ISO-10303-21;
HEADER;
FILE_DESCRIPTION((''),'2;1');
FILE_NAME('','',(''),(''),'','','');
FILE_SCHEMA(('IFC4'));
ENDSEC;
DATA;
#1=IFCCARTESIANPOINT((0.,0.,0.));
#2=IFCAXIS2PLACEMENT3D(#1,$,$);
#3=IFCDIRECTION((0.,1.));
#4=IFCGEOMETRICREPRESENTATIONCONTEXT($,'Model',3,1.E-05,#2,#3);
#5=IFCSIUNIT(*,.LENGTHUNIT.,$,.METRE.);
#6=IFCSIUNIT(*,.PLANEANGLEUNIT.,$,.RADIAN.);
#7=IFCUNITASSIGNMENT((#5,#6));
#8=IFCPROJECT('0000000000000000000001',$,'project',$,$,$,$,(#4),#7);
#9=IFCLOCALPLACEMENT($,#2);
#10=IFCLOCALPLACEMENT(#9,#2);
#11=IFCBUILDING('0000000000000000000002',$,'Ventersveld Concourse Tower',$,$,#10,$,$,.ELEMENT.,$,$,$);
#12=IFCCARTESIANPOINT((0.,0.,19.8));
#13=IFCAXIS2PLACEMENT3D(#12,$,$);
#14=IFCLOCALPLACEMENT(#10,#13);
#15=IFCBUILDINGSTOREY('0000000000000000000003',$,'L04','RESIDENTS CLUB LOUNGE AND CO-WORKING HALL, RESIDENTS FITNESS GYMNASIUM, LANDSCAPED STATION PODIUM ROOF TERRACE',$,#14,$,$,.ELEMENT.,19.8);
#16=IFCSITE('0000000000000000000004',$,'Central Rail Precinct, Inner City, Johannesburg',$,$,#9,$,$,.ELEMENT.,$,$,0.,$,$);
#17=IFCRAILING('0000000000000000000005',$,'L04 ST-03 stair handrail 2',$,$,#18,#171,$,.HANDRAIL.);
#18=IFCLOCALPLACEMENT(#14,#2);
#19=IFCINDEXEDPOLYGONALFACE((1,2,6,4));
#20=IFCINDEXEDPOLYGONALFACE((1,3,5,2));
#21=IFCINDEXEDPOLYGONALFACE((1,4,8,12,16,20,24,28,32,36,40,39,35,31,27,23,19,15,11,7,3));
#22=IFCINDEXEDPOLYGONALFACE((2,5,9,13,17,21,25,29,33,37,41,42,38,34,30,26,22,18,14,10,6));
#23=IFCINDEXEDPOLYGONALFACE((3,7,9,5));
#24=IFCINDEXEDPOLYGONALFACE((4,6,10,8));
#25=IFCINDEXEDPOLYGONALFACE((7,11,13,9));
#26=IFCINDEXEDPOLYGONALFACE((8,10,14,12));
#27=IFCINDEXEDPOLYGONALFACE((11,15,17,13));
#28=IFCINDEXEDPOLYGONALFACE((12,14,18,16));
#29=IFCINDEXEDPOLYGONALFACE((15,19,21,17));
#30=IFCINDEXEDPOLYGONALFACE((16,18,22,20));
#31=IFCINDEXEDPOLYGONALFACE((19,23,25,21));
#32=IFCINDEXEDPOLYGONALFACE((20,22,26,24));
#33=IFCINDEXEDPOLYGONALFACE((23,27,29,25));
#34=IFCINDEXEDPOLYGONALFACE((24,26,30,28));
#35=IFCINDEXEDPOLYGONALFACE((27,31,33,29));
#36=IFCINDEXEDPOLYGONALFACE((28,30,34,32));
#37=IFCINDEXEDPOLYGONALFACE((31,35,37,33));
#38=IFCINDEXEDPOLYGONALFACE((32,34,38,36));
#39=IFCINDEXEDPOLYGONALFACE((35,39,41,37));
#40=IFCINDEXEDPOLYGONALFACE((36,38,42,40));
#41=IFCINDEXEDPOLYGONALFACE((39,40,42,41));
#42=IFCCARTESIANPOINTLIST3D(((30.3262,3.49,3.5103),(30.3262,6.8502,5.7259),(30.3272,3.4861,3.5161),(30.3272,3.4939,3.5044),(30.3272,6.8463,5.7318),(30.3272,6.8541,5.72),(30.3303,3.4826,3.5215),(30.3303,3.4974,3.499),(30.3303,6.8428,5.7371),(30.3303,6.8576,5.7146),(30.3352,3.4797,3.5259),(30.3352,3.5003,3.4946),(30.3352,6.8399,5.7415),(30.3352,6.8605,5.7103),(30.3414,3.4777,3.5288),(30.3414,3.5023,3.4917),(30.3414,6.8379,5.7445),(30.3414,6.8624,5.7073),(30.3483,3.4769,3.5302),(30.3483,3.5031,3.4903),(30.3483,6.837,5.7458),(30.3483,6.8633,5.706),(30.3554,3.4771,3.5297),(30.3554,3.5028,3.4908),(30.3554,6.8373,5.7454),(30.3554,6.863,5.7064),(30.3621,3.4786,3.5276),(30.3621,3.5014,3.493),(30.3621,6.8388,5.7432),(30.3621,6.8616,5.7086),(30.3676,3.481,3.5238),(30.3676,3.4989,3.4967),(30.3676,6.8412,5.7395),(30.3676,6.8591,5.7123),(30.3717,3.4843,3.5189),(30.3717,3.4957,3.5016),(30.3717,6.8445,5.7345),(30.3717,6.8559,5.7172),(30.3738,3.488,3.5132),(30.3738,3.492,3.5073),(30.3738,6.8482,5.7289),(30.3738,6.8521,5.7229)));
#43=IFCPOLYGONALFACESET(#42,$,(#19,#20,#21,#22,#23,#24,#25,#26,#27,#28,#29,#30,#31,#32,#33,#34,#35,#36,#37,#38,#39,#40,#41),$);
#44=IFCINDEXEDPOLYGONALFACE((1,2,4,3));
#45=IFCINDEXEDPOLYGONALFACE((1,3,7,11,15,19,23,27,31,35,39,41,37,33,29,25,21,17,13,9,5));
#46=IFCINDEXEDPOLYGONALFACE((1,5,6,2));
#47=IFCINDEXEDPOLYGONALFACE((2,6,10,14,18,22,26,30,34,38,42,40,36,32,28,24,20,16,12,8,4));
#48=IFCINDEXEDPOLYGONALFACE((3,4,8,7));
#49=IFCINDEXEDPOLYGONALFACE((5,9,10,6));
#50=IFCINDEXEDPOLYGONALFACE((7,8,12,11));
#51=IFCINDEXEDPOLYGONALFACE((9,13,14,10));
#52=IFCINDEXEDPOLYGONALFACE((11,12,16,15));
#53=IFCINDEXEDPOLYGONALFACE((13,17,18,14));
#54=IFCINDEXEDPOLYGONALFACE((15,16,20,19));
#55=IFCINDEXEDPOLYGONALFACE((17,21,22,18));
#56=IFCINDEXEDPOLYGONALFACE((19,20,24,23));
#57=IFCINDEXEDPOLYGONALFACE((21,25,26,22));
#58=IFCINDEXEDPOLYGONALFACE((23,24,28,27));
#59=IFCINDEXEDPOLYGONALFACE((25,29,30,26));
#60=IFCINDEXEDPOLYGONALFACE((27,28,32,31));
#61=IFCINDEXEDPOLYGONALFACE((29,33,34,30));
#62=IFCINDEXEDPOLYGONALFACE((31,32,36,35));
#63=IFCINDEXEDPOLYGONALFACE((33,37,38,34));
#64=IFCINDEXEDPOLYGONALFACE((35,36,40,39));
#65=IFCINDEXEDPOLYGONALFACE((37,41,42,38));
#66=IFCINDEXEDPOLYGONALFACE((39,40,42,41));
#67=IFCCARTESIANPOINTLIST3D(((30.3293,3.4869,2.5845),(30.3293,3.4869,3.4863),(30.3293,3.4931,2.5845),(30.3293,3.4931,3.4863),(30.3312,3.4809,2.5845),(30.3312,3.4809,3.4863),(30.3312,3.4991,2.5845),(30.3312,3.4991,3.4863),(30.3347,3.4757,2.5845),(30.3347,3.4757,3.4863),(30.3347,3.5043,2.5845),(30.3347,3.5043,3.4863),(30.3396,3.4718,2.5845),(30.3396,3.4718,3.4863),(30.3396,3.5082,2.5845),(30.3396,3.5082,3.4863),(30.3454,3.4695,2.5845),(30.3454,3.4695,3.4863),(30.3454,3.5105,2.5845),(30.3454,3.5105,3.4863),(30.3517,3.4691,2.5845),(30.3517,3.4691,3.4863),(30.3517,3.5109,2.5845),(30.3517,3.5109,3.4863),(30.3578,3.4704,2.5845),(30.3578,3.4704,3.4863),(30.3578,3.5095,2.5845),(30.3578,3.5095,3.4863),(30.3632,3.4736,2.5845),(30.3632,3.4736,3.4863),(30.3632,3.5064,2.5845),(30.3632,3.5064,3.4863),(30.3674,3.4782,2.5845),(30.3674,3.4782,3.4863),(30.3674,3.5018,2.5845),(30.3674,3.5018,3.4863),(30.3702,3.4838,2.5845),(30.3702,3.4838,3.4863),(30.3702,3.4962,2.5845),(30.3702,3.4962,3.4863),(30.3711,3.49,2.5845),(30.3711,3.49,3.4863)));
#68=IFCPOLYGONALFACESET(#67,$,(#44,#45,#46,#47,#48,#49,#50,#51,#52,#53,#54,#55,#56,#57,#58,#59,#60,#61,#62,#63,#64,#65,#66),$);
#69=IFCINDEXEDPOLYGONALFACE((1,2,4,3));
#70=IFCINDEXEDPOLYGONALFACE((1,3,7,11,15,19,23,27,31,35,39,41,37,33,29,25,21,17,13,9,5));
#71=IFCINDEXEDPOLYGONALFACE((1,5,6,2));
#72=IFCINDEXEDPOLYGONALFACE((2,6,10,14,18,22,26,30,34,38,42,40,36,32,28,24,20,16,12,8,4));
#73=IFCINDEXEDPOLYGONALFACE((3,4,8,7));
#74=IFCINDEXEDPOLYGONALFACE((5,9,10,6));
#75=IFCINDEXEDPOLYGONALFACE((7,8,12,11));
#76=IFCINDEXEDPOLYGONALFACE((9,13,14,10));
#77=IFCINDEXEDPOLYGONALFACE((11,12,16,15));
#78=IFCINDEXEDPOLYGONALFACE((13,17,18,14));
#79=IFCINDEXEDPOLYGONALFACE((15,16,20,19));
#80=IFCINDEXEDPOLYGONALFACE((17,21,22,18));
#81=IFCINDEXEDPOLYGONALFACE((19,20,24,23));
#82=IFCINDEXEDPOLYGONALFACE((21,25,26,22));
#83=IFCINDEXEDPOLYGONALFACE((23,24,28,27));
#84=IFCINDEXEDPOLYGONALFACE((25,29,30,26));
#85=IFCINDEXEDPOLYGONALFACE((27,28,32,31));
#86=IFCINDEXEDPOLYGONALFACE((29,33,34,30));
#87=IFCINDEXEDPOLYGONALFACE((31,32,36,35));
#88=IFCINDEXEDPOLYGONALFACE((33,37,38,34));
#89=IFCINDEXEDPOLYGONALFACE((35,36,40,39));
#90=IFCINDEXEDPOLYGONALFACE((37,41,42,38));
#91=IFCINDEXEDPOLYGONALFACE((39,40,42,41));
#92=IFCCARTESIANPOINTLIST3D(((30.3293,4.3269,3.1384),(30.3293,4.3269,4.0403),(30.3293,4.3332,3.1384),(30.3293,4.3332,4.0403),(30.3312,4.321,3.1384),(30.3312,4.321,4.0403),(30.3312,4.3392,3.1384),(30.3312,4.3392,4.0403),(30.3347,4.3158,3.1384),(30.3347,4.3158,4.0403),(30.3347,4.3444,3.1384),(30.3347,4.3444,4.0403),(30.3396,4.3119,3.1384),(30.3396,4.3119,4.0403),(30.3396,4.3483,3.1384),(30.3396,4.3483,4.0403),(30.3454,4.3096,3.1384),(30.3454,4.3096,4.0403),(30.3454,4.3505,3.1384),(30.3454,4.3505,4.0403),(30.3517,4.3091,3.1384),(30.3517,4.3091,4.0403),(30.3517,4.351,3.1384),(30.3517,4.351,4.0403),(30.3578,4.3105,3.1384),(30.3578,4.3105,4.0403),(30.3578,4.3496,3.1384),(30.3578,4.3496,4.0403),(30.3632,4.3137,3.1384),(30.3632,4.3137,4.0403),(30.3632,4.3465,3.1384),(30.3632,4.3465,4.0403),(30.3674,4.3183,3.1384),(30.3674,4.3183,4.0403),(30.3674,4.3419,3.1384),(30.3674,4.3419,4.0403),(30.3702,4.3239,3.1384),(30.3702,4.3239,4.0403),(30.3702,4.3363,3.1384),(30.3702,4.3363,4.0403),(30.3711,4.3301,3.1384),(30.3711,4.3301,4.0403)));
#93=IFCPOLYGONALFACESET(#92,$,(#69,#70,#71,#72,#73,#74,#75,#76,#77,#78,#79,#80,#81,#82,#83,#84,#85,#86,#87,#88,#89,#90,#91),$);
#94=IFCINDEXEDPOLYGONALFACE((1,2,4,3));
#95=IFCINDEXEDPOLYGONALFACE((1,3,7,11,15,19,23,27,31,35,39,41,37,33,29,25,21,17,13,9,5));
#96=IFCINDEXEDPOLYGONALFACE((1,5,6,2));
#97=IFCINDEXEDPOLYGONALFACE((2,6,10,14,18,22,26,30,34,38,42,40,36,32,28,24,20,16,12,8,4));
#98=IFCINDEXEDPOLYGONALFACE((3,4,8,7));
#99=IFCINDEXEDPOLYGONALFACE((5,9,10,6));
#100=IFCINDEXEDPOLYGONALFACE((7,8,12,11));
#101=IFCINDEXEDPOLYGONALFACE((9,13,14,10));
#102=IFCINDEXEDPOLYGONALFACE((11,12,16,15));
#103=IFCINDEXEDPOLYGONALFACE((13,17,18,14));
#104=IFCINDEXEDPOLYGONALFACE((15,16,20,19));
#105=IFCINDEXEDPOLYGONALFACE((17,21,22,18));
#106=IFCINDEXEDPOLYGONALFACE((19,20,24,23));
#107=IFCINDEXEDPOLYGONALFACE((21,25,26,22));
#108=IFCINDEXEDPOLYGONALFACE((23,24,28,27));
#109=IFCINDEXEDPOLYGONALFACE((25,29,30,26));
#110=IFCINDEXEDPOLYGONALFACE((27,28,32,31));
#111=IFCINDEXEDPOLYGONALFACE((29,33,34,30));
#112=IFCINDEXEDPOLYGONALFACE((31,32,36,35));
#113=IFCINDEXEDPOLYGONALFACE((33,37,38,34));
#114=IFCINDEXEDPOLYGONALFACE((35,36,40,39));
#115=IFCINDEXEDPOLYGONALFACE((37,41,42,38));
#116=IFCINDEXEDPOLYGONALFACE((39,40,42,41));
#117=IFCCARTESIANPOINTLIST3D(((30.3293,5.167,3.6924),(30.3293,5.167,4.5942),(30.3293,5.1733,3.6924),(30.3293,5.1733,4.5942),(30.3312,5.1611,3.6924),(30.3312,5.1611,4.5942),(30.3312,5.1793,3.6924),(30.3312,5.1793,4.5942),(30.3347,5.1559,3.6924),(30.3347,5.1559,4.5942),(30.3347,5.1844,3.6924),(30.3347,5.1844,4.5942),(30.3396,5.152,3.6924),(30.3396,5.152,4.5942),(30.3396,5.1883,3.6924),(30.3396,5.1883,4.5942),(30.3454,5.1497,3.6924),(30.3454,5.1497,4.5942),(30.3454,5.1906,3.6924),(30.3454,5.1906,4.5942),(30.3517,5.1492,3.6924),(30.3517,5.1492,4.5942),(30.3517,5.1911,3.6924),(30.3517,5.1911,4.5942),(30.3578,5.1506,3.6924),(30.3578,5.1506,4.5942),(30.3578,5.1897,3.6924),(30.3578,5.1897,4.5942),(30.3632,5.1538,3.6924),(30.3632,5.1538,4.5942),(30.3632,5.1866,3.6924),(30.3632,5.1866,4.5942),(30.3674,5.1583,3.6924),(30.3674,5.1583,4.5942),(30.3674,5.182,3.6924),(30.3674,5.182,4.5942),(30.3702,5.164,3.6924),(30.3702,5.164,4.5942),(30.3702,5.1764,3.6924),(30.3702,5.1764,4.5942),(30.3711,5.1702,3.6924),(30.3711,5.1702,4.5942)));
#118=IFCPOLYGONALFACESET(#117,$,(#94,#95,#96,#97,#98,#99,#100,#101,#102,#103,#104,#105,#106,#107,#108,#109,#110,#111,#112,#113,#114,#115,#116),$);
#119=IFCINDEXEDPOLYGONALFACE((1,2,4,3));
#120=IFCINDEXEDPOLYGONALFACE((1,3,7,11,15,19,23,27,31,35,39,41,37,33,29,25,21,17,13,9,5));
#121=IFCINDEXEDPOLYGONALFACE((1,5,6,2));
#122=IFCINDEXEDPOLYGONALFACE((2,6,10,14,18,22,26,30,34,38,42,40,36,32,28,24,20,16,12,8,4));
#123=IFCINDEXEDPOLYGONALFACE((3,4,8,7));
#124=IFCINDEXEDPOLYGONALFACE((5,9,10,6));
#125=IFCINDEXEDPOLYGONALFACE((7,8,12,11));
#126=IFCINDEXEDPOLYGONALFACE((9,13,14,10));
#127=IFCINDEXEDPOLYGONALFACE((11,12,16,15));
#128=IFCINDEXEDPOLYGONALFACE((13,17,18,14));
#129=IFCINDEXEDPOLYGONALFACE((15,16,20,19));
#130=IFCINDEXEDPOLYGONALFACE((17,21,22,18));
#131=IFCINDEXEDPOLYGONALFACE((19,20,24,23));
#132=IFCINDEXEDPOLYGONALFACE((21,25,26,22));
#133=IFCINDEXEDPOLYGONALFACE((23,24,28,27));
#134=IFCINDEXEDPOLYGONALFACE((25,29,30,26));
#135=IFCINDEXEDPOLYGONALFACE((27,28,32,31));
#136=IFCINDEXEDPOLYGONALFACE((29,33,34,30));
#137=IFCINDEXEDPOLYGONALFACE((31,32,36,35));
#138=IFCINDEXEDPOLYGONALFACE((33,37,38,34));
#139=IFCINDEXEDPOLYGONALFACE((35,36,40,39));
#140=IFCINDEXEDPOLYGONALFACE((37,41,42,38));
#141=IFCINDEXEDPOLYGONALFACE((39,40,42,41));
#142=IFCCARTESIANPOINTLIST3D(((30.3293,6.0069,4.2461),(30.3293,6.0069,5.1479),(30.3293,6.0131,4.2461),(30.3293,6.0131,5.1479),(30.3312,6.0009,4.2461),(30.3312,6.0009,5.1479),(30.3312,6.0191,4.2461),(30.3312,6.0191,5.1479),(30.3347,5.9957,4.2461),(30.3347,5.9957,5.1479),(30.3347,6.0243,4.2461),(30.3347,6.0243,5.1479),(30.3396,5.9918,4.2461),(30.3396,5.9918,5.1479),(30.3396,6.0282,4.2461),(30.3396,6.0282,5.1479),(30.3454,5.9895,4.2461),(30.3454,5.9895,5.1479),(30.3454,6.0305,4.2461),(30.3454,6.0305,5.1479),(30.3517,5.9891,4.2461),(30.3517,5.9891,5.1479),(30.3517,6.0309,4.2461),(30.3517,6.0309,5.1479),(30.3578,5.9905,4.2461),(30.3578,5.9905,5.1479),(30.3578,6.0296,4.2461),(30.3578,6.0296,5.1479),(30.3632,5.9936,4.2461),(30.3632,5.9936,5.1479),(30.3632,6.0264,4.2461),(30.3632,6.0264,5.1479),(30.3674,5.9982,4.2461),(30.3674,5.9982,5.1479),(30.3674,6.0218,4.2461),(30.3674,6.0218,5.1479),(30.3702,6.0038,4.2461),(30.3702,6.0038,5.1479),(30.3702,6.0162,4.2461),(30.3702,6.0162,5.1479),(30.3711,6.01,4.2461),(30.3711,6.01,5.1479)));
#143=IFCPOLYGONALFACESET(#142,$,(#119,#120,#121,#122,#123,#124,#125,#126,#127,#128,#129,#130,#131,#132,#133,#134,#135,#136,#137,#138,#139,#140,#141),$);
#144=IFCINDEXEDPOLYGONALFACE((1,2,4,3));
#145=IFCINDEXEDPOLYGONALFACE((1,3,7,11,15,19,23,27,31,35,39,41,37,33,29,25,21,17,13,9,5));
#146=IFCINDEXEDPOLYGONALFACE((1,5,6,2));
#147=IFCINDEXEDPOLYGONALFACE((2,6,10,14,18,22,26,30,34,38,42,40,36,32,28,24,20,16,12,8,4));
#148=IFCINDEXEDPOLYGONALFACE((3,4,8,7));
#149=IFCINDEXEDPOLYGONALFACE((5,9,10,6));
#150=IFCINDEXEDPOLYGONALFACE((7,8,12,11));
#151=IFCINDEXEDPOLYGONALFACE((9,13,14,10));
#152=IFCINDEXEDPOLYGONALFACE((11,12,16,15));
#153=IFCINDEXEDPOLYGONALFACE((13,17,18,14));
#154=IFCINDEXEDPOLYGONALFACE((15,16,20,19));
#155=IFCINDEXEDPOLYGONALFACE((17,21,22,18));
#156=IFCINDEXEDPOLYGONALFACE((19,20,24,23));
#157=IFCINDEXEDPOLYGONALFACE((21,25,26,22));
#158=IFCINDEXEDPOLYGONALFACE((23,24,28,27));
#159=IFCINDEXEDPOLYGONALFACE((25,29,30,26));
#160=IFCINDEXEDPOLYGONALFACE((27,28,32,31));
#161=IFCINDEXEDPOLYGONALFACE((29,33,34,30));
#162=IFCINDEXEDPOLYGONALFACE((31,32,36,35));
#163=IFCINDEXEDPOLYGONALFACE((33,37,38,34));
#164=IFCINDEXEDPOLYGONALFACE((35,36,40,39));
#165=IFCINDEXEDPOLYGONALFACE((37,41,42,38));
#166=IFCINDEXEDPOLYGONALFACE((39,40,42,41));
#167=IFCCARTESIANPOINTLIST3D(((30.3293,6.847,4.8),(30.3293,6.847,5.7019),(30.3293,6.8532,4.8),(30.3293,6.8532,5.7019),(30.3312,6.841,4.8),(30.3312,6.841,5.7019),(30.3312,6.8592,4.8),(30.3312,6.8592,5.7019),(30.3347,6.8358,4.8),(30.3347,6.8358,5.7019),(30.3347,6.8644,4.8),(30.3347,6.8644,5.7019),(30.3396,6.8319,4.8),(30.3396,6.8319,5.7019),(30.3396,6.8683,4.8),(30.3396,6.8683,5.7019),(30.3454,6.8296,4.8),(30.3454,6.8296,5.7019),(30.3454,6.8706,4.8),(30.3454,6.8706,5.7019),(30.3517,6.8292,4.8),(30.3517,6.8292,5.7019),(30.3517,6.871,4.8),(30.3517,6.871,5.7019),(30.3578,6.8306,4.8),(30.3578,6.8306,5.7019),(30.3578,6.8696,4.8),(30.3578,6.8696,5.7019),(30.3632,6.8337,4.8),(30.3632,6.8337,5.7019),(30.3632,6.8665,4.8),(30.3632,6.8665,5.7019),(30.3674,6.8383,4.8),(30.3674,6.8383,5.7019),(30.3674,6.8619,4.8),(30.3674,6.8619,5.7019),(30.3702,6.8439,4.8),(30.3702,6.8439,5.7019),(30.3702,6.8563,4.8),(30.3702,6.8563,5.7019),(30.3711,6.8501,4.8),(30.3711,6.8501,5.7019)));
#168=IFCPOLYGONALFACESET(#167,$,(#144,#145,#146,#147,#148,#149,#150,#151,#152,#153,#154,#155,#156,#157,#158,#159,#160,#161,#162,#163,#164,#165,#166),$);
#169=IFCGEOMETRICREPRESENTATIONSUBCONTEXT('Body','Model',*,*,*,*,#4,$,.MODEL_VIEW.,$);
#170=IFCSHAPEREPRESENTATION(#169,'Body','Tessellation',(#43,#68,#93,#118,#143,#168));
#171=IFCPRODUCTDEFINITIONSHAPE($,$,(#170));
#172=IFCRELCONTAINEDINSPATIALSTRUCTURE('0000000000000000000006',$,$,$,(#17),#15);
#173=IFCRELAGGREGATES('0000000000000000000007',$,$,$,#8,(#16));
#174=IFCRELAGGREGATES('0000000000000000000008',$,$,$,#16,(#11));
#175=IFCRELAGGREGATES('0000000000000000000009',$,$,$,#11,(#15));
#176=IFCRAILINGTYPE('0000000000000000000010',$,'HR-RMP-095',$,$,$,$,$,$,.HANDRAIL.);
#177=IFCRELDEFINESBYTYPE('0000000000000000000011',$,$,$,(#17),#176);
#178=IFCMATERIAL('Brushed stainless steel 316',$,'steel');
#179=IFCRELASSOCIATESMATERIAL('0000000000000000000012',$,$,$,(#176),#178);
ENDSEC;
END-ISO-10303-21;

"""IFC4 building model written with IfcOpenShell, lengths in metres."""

from ifc_helpers import new_model, si_unit, direction, frame, origin, origin_2d, place, context, subcontext, project, spatial, circle, extrude, material, type_object, element, save


model = new_model("IFC4")

# Units and contexts
model_context = context("Model", 3, precision=1e-05, world=origin(), true_north=direction((0.0, 1.0)))
body_context = subcontext(model_context, "Body", "Model", "MODEL_VIEW")
ifc_project = project(units=[si_unit("LENGTHUNIT", "METRE"), si_unit("PLANEANGLEUNIT", "RADIAN")], contexts=[model_context])

# Site, building, storey
site_placement = place(None, origin())
site = spatial("IfcSite", under=ifc_project, at=site_placement, Name="Central Rail Precinct, Inner City, Johannesburg", CompositionType="ELEMENT", RefElevation=0.0)
building_placement = place(site_placement, origin())
building = spatial("IfcBuilding", under=site, at=building_placement, Name="Ventersveld Concourse Tower", CompositionType="ELEMENT")
storey_placement = place(building_placement, frame((0.0, 0.0, 19.8)))
storey = spatial("IfcBuildingStorey", under=building, at=storey_placement, Name="L04", Description="RESIDENTS CLUB LOUNGE AND CO-WORKING HALL, RESIDENTS FITNESS GYMNASIUM, LANDSCAPED STATION PODIUM ROOF TERRACE", CompositionType="ELEMENT", Elevation=19.8)

# Railing
ifc_material_1 = material(Name="Brushed stainless steel 316", Category="steel")
railing_type_1 = type_object("IfcRailingType", Name="HR-RMP-095", PredefinedType="HANDRAIL", material=ifc_material_1)
railing_1_placement = place(storey_placement, frame((30.3501, 3.49, 2.5845)))
element("IfcRailing", 1, at=railing_1_placement, inside=storey, type_object=railing_type_1, Name="L04 ST-03 stair handrail 2", PredefinedType="HANDRAIL", context=body_context, shape_type="SweptSolid", body=[
    extrude(circle(Radius=0.0239, at=origin_2d()), frame((0.0, 0.0, 0.9258), z_axis=(0.0, 0.834849, 0.55048), x_axis=(-1.0, 0.0, 0.0)), (0.0, 0.0, 1.0), 4.0249),
    extrude(circle(Radius=0.021, at=origin_2d()), origin(), (0.0, 0.0, 1.0), 0.9019),
    extrude(circle(Radius=0.021, at=origin_2d()), frame((0.0, 0.8401, 0.554)), (0.0, 0.0, 1.0), 0.9019),
    extrude(circle(Radius=0.021, at=origin_2d()), frame((0.0, 1.6802, 1.1079)), (0.0, 0.0, 1.0), 0.9019),
    extrude(circle(Radius=0.021, at=origin_2d()), frame((0.0, 2.52, 1.6616)), (0.0, 0.0, 1.0), 0.9019),
    extrude(circle(Radius=0.021, at=origin_2d()), frame((0.0, 3.3601, 2.2156)), (0.0, 0.0, 1.0), 0.9019),
])

save(model, "model.ifc")
